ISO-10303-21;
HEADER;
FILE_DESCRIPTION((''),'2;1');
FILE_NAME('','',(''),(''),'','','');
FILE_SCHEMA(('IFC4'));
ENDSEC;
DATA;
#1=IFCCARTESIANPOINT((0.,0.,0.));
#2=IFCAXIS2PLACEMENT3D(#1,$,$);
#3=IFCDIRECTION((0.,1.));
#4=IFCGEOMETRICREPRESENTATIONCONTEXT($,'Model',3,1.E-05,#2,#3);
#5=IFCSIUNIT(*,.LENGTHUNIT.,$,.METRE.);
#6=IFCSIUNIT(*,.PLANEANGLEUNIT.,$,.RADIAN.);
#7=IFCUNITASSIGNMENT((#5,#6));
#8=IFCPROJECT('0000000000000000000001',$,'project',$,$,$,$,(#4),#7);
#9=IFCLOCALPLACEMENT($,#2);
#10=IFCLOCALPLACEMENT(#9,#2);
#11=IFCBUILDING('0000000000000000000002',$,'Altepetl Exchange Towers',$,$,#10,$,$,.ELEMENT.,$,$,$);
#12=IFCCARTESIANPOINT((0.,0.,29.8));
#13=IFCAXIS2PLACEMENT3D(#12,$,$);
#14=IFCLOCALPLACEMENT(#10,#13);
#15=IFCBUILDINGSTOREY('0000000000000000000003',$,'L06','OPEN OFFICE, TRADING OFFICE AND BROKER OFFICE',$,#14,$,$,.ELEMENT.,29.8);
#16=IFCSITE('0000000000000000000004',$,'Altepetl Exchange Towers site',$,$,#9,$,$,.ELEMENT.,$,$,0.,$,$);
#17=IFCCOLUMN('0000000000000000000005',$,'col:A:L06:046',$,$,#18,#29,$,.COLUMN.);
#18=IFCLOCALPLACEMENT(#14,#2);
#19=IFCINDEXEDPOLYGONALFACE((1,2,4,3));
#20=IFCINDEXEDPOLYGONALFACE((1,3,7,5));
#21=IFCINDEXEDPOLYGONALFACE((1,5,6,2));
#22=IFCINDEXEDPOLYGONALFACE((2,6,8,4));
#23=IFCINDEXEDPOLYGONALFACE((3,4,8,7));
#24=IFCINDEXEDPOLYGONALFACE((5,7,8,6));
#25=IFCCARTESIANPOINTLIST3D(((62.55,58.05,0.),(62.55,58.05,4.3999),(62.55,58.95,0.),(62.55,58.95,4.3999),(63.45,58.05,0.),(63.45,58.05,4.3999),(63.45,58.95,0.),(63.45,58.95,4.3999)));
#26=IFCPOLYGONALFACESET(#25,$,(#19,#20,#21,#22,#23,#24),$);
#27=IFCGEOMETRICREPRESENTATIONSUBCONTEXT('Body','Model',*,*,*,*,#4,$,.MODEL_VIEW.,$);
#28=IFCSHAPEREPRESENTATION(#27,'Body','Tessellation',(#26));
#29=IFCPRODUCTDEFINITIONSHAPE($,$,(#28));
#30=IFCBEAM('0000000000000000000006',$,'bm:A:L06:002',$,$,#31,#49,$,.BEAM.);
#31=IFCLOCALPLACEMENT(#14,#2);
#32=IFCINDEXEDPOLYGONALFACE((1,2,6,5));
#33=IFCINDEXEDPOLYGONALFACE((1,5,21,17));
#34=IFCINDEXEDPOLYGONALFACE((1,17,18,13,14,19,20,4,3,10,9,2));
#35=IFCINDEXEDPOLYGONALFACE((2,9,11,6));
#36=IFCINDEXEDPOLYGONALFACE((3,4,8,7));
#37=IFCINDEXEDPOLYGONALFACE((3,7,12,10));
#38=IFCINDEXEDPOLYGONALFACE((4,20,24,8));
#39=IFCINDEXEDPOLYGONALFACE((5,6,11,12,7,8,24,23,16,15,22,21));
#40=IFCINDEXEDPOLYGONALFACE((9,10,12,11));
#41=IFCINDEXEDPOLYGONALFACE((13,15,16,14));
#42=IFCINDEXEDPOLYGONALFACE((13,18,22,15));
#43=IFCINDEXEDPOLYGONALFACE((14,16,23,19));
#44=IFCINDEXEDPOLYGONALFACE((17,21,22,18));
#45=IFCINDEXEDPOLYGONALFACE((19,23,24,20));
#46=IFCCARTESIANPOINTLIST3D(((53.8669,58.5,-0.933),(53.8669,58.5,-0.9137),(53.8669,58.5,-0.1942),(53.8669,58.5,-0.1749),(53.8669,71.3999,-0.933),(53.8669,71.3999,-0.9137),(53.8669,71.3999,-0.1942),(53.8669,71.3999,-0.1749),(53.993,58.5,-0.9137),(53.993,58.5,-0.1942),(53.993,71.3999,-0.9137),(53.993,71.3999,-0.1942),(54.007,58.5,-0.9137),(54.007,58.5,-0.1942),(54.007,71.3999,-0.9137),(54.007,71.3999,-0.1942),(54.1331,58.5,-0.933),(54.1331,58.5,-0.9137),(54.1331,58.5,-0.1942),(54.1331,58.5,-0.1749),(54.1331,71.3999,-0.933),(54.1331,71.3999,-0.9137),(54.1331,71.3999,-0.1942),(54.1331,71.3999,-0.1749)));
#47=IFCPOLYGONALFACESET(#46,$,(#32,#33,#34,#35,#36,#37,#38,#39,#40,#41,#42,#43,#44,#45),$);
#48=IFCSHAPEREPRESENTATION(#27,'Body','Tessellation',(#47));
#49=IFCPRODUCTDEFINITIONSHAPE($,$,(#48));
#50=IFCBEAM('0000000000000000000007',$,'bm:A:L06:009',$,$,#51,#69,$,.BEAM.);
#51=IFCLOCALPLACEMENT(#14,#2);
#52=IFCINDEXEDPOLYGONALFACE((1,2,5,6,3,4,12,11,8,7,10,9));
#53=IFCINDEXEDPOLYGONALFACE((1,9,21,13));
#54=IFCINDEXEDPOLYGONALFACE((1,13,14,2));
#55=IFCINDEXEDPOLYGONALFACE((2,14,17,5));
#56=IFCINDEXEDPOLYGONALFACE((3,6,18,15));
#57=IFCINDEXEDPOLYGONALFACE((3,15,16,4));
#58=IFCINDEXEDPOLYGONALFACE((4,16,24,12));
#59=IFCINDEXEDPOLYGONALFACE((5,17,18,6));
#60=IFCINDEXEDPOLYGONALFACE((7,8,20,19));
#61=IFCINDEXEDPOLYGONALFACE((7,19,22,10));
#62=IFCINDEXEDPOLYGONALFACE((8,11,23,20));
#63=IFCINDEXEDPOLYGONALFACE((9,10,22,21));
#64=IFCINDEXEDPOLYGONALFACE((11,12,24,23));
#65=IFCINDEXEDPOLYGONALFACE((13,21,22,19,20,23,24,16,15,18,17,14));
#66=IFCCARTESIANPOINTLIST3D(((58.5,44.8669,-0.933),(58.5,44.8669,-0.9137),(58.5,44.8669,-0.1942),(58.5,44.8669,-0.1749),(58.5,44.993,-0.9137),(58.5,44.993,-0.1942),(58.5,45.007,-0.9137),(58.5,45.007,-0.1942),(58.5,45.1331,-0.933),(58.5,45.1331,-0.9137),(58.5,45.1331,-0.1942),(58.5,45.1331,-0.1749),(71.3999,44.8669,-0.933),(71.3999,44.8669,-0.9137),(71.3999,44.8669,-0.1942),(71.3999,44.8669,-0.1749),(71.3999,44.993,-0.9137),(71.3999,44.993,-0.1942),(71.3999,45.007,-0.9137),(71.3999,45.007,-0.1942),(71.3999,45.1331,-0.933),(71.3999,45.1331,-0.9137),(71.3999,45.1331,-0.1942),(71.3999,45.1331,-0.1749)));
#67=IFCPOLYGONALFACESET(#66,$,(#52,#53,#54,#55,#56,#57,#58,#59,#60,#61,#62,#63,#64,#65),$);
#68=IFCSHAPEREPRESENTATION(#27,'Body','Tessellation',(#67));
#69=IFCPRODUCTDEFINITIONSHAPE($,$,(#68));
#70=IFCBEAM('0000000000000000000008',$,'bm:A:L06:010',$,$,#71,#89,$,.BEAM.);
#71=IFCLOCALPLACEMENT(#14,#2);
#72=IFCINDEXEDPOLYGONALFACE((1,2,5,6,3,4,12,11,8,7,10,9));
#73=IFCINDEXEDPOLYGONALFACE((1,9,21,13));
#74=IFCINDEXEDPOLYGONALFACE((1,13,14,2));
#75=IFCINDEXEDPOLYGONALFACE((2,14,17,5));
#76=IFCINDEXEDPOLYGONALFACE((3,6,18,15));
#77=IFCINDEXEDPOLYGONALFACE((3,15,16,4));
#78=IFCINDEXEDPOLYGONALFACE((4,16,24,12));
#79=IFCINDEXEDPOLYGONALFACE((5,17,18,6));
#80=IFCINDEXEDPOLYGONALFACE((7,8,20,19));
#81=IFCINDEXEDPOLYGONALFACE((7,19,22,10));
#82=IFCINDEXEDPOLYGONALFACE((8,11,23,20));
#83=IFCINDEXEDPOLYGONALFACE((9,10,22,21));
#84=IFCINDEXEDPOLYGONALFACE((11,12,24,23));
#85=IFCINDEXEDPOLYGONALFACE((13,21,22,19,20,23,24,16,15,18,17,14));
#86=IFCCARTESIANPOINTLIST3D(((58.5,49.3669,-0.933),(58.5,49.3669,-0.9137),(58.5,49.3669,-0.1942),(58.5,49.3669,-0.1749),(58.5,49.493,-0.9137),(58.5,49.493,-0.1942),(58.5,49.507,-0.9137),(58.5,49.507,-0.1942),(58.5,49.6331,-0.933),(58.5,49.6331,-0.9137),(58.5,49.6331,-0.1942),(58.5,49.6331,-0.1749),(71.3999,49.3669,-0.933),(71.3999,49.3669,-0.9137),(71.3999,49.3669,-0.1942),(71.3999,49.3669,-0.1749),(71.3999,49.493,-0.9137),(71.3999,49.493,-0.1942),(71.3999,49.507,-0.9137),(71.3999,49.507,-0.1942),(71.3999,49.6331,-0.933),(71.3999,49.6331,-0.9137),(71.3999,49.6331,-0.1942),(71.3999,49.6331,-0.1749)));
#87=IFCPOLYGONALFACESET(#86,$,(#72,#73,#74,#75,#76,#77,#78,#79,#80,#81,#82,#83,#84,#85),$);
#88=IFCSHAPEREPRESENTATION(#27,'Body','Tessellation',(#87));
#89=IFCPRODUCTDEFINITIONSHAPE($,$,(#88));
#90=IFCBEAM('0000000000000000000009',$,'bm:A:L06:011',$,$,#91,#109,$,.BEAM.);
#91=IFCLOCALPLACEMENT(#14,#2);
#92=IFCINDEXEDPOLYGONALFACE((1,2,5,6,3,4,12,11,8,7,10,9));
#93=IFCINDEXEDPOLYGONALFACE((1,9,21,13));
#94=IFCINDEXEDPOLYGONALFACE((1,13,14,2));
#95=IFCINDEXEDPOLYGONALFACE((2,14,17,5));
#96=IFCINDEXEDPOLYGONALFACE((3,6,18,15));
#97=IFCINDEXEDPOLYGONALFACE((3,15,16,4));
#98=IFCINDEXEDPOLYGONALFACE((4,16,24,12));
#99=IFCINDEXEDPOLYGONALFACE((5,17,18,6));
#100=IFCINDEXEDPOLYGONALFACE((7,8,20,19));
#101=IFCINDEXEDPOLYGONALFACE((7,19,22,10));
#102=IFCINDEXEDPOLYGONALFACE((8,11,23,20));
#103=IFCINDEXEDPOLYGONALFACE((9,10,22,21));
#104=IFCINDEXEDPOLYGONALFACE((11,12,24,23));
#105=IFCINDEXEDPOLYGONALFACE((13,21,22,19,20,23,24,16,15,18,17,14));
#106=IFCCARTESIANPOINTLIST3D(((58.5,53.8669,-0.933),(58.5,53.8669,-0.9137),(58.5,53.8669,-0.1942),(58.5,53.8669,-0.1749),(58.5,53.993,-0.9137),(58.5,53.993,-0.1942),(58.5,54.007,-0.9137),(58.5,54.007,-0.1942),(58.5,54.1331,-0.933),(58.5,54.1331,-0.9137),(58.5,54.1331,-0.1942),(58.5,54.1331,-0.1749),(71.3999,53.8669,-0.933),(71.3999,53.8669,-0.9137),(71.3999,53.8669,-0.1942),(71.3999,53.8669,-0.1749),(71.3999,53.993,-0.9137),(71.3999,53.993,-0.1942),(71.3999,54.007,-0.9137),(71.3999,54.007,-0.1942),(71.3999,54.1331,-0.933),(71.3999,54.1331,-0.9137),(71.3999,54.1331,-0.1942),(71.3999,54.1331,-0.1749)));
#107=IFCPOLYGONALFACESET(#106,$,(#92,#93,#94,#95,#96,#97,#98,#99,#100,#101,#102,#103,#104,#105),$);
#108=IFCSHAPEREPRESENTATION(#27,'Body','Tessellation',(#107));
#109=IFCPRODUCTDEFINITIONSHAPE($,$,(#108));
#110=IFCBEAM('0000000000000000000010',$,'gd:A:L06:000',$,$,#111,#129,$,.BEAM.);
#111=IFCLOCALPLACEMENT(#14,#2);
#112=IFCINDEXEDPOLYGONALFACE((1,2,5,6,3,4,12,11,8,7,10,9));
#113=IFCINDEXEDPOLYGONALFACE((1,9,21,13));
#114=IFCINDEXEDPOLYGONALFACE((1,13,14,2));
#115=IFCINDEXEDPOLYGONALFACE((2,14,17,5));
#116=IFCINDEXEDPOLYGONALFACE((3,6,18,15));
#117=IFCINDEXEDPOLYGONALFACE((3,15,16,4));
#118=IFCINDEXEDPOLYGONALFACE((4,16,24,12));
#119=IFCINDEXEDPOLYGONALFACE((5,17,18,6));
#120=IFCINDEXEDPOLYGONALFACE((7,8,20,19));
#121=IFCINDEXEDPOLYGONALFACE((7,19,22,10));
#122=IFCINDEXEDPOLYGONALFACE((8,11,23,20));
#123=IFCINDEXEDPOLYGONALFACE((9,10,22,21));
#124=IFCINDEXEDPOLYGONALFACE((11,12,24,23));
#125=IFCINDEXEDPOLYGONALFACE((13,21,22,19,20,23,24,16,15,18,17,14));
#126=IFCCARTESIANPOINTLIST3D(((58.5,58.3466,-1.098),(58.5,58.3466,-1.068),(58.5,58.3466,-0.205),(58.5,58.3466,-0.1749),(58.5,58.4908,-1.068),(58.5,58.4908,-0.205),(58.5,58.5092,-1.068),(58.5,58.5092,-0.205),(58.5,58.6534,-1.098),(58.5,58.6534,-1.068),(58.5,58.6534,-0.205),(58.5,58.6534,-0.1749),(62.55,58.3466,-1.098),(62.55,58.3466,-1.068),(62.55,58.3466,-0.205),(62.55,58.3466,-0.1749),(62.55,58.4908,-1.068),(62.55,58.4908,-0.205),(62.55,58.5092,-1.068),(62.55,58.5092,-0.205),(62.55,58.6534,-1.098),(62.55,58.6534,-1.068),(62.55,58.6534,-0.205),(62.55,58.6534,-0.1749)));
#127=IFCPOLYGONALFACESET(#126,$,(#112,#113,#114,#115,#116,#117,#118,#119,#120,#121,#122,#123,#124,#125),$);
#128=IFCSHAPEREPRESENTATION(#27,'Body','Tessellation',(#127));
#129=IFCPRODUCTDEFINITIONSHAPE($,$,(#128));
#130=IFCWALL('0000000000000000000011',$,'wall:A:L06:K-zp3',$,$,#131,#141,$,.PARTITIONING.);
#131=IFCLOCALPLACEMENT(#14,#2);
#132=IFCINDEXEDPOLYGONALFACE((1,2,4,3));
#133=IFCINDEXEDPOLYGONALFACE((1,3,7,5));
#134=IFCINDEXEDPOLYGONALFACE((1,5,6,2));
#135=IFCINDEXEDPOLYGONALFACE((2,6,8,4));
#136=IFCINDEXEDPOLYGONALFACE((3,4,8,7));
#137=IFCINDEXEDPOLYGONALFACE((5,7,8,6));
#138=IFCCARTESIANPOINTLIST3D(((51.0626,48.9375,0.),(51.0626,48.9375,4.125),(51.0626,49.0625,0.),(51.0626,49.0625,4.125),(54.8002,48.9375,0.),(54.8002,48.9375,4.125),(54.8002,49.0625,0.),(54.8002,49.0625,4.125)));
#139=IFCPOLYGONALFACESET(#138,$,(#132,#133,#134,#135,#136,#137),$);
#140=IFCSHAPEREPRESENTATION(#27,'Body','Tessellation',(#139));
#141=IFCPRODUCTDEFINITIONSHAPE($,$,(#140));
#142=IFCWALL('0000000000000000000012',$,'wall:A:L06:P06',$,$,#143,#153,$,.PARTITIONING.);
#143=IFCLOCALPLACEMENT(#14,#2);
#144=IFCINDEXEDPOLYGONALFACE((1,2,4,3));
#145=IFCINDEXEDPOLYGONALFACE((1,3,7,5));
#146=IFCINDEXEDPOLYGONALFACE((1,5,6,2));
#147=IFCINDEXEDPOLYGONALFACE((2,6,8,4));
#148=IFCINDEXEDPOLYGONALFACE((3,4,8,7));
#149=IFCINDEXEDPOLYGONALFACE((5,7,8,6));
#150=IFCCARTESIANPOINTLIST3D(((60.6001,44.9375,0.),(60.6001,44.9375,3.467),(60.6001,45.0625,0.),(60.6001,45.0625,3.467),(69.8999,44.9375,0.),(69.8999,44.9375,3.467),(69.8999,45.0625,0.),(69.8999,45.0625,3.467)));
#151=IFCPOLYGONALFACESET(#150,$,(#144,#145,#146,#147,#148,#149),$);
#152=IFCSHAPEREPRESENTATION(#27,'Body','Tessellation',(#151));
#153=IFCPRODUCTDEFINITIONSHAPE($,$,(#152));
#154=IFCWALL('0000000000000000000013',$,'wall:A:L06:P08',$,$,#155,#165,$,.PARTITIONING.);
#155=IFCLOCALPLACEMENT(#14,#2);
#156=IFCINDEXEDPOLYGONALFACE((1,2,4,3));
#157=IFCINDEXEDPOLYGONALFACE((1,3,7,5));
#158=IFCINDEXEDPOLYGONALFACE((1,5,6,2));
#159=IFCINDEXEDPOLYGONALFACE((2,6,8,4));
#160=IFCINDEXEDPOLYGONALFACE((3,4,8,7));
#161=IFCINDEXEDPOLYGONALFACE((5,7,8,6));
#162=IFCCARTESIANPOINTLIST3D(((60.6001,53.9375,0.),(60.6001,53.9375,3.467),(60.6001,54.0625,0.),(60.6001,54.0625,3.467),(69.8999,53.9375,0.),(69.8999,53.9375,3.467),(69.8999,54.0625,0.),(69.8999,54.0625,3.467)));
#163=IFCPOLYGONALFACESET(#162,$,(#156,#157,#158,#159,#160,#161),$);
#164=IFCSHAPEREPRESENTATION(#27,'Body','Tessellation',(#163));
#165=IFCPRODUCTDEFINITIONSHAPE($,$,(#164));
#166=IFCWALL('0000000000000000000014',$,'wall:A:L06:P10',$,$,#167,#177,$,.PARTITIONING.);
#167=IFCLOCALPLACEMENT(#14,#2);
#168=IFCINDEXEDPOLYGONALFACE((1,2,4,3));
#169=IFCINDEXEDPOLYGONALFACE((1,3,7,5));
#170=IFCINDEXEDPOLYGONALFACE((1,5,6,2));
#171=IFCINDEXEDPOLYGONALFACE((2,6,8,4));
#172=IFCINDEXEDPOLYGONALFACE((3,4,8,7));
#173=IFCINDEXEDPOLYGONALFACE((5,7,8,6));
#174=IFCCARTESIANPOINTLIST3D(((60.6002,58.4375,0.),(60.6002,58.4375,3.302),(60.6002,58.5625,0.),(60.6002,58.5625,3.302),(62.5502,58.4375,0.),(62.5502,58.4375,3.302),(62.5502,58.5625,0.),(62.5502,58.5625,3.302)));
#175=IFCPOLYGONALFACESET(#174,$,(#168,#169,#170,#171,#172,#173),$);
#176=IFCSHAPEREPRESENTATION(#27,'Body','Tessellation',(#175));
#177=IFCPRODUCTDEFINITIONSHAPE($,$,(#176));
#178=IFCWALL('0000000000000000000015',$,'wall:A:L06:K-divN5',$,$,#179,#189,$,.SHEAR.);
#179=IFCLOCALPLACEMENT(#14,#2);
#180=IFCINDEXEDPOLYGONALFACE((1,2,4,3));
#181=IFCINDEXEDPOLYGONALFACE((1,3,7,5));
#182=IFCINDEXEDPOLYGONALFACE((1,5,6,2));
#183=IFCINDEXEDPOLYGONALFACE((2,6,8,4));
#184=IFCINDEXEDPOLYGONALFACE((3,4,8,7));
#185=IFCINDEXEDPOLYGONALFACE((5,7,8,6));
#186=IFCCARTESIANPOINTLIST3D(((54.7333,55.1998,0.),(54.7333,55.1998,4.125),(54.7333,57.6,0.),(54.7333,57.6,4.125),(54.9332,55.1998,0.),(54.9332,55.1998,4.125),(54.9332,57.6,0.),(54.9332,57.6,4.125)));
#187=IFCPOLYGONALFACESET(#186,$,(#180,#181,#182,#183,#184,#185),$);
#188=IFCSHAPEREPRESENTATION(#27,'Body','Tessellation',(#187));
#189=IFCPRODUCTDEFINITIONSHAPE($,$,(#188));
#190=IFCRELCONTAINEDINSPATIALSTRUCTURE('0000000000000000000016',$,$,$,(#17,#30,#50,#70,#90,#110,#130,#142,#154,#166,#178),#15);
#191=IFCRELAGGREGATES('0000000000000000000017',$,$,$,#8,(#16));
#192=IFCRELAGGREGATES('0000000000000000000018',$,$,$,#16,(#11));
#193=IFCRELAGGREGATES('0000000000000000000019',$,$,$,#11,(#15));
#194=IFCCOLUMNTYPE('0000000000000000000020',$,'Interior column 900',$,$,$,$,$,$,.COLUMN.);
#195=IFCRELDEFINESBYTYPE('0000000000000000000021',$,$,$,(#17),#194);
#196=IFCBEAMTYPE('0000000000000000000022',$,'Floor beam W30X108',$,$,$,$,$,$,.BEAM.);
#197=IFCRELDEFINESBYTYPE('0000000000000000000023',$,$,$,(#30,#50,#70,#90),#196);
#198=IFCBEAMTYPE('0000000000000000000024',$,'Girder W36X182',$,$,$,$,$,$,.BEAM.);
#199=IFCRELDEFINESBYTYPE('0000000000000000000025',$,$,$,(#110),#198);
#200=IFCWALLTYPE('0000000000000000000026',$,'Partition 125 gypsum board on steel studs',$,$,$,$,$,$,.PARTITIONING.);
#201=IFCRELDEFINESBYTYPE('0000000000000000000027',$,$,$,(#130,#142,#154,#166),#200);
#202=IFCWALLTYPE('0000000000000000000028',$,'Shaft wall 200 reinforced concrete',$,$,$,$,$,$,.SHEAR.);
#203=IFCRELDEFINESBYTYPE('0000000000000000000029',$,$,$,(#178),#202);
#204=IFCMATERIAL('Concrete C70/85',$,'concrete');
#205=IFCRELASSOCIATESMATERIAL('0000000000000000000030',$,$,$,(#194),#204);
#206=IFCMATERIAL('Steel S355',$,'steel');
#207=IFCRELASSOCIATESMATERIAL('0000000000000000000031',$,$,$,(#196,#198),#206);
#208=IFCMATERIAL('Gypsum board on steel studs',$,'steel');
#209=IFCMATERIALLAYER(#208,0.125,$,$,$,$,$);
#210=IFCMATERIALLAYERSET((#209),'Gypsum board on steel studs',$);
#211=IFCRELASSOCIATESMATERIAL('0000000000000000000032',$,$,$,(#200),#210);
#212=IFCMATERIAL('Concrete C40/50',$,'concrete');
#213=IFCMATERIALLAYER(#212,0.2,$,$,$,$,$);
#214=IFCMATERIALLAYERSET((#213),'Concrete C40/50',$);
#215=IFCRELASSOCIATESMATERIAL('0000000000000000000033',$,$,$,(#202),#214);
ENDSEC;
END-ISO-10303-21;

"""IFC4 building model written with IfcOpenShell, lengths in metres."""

from ifc_helpers import new_model, si_unit, direction, frame, frame_2d, origin, origin_2d, place, context, subcontext, project, spatial, rectangle, i_section, extrude, material, layer, layer_set, material_profile, profile_set, type_object, element, save


model = new_model("IFC4")

# Units and contexts
model_context = context("Model", 3, precision=1e-05, world=origin(), true_north=direction((0.0, 1.0)))
body_context = subcontext(model_context, "Body", "Model", "MODEL_VIEW")
ifc_project = project(units=[si_unit("LENGTHUNIT", "METRE"), si_unit("PLANEANGLEUNIT", "RADIAN")], contexts=[model_context])

# Site, building, storey
site_placement = place(None, origin())
site = spatial("IfcSite", under=ifc_project, at=site_placement, Name="Altepetl Exchange Towers site", CompositionType="ELEMENT", RefElevation=0.0)
building_placement = place(site_placement, origin())
building = spatial("IfcBuilding", under=site, at=building_placement, Name="Altepetl Exchange Towers", CompositionType="ELEMENT")
storey_placement = place(building_placement, frame((0.0, 0.0, 29.8)))
storey = spatial("IfcBuildingStorey", under=building, at=storey_placement, Name="L06", Description="OPEN OFFICE, TRADING OFFICE AND BROKER OFFICE", CompositionType="ELEMENT", Elevation=29.8)

# Column
ifc_material_1 = material(Name="Concrete C70/85", Category="concrete")
ifc_material_profile_1 = material_profile(ifc_material_1, rectangle(XDim=0.8999, YDim=0.8999, at=origin_2d()), Name="900 x 900")
ifc_profile_set_1 = profile_set([ifc_material_profile_1], Name="Concrete C70/85")
column_type = type_object("IfcColumnType", Name="Interior column 900", PredefinedType="COLUMN", material=ifc_profile_set_1)
column_placement = place(storey_placement, frame((63.0, 58.5, 0.0)))
element("IfcColumn", 1, at=column_placement, inside=storey, type_object=column_type, Name="col:A:L06:046", PredefinedType="COLUMN", context=body_context, shape_type="SweptSolid", body=[
    extrude(rectangle(XDim=0.8999, YDim=0.8999, at=origin_2d()), origin(), (0.0, 0.0, 1.0), 4.3999),
])

# Beams
ifc_material_2 = material(Name="Steel S355", Category="steel")
ifc_material_profile_2 = material_profile(ifc_material_2, i_section(OverallWidth=0.2661, OverallDepth=0.7581, WebThickness=0.0139, FlangeThickness=0.0193, at=origin_2d()), Name="W30X108")
ifc_profile_set_2 = profile_set([ifc_material_profile_2], Name="Steel S355")
beam_type_1 = type_object("IfcBeamType", Name="Floor beam W30X108", PredefinedType="BEAM", material=ifc_profile_set_2)
for number, where, z_axis, x_axis, name in (
    (2, (54.0, 58.5, -0.554), (0.0, 1.0, 0.0), (-1.0, 0.0, 0.0), "bm:A:L06:002"),
    (3, (58.5, 45.0, -0.554), (1.0, 0.0, 0.0), (0.0, 1.0, 0.0), "bm:A:L06:009"),
    (4, (58.5, 49.5, -0.554), (1.0, 0.0, 0.0), (0.0, 1.0, 0.0), "bm:A:L06:010"),
    (5, (58.5, 54.0, -0.554), (1.0, 0.0, 0.0), (0.0, 1.0, 0.0), "bm:A:L06:011"),
):
    element("IfcBeam", number, at=place(storey_placement, frame(where, z_axis=z_axis, x_axis=x_axis)), inside=storey, type_object=beam_type_1, Name=name, PredefinedType="BEAM", context=body_context, shape_type="SweptSolid", body=[
        extrude(i_section(OverallWidth=0.2661, OverallDepth=0.7581, WebThickness=0.0139, FlangeThickness=0.0193, at=origin_2d()), origin(), (0.0, 0.0, 1.0), 12.8999),
    ])
ifc_material_profile_3 = material_profile(ifc_material_2, i_section(OverallWidth=0.3069, OverallDepth=0.9231, WebThickness=0.0183, FlangeThickness=0.03, at=origin_2d()), Name="W36X182")
ifc_profile_set_3 = profile_set([ifc_material_profile_3], Name="Steel S355")
beam_type_2 = type_object("IfcBeamType", Name="Girder W36X182", PredefinedType="BEAM", material=ifc_profile_set_3)
beam_placement = place(storey_placement, frame((58.5, 58.5, -0.6365), z_axis=(1.0, 0.0, 0.0), x_axis=(0.0, 1.0, 0.0)))
element("IfcBeam", 6, at=beam_placement, inside=storey, type_object=beam_type_2, Name="gd:A:L06:000", PredefinedType="BEAM", context=body_context, shape_type="SweptSolid", body=[
    extrude(i_section(OverallWidth=0.3069, OverallDepth=0.9231, WebThickness=0.0183, FlangeThickness=0.03, at=origin_2d()), origin(), (0.0, 0.0, 1.0), 4.05),
])

# Walls
ifc_material_3 = material(Name="Gypsum board on steel studs", Category="steel")
ifc_layer_1 = layer(ifc_material_3, 0.125)
ifc_layer_set_1 = layer_set([ifc_layer_1], Name="Gypsum board on steel studs")
wall_type_1 = type_object("IfcWallType", Name="Partition 125 gypsum board on steel studs", PredefinedType="PARTITIONING", material=ifc_layer_set_1)
wall_1_placement = place(storey_placement, frame((54.8, 49.0, 0.0), z_axis=(0.0, 0.0, 1.0), x_axis=(-1.0, 0.0, 0.0)))
element("IfcWall", 7, at=wall_1_placement, inside=storey, type_object=wall_type_1, Name="wall:A:L06:K-zp3", PredefinedType="PARTITIONING", context=body_context, shape_type="SweptSolid", body=[
    extrude(rectangle(XDim=3.7375, YDim=0.125, at=frame_2d((1.8687, 0.0))), origin(), (0.0, 0.0, 1.0), 4.125),
])
for number, where, name in (
    (8, (60.6001, 45.0, 0.0), "wall:A:L06:P06"),
    (9, (60.6001, 54.0, 0.0), "wall:A:L06:P08"),
):
    element("IfcWall", number, at=place(storey_placement, frame(where)), inside=storey, type_object=wall_type_1, Name=name, PredefinedType="PARTITIONING", context=body_context, shape_type="SweptSolid", body=[
        extrude(rectangle(XDim=9.2998, YDim=0.125, at=frame_2d((4.6499, 0.0))), origin(), (0.0, 0.0, 1.0), 3.467),
    ])
wall_2_placement = place(storey_placement, frame((60.6001, 58.5, 0.0)))
element("IfcWall", 10, at=wall_2_placement, inside=storey, type_object=wall_type_1, Name="wall:A:L06:P10", PredefinedType="PARTITIONING", context=body_context, shape_type="SweptSolid", body=[
    extrude(rectangle(XDim=1.95, YDim=0.125, at=frame_2d((0.9751, 0.0))), origin(), (0.0, 0.0, 1.0), 3.302),
])
ifc_material_4 = material(Name="Concrete C40/50", Category="concrete")
ifc_layer_2 = layer(ifc_material_4, 0.2)
ifc_layer_set_2 = layer_set([ifc_layer_2], Name="Concrete C40/50")
wall_type_2 = type_object("IfcWallType", Name="Shaft wall 200 reinforced concrete", PredefinedType="SHEAR", material=ifc_layer_set_2)
wall_3_placement = place(storey_placement, frame((54.8333, 57.6001, 0.0), z_axis=(0.0, 0.0, 1.0), x_axis=(0.0, -1.0, 0.0)))
element("IfcWall", 11, at=wall_3_placement, inside=storey, type_object=wall_type_2, Name="wall:A:L06:K-divN5", PredefinedType="SHEAR", context=body_context, shape_type="SweptSolid", body=[
    extrude(rectangle(XDim=2.4001, YDim=0.2, at=frame_2d((1.2002, 0.0))), origin(), (0.0, 0.0, 1.0), 4.125),
])

save(model, "model.ifc")
